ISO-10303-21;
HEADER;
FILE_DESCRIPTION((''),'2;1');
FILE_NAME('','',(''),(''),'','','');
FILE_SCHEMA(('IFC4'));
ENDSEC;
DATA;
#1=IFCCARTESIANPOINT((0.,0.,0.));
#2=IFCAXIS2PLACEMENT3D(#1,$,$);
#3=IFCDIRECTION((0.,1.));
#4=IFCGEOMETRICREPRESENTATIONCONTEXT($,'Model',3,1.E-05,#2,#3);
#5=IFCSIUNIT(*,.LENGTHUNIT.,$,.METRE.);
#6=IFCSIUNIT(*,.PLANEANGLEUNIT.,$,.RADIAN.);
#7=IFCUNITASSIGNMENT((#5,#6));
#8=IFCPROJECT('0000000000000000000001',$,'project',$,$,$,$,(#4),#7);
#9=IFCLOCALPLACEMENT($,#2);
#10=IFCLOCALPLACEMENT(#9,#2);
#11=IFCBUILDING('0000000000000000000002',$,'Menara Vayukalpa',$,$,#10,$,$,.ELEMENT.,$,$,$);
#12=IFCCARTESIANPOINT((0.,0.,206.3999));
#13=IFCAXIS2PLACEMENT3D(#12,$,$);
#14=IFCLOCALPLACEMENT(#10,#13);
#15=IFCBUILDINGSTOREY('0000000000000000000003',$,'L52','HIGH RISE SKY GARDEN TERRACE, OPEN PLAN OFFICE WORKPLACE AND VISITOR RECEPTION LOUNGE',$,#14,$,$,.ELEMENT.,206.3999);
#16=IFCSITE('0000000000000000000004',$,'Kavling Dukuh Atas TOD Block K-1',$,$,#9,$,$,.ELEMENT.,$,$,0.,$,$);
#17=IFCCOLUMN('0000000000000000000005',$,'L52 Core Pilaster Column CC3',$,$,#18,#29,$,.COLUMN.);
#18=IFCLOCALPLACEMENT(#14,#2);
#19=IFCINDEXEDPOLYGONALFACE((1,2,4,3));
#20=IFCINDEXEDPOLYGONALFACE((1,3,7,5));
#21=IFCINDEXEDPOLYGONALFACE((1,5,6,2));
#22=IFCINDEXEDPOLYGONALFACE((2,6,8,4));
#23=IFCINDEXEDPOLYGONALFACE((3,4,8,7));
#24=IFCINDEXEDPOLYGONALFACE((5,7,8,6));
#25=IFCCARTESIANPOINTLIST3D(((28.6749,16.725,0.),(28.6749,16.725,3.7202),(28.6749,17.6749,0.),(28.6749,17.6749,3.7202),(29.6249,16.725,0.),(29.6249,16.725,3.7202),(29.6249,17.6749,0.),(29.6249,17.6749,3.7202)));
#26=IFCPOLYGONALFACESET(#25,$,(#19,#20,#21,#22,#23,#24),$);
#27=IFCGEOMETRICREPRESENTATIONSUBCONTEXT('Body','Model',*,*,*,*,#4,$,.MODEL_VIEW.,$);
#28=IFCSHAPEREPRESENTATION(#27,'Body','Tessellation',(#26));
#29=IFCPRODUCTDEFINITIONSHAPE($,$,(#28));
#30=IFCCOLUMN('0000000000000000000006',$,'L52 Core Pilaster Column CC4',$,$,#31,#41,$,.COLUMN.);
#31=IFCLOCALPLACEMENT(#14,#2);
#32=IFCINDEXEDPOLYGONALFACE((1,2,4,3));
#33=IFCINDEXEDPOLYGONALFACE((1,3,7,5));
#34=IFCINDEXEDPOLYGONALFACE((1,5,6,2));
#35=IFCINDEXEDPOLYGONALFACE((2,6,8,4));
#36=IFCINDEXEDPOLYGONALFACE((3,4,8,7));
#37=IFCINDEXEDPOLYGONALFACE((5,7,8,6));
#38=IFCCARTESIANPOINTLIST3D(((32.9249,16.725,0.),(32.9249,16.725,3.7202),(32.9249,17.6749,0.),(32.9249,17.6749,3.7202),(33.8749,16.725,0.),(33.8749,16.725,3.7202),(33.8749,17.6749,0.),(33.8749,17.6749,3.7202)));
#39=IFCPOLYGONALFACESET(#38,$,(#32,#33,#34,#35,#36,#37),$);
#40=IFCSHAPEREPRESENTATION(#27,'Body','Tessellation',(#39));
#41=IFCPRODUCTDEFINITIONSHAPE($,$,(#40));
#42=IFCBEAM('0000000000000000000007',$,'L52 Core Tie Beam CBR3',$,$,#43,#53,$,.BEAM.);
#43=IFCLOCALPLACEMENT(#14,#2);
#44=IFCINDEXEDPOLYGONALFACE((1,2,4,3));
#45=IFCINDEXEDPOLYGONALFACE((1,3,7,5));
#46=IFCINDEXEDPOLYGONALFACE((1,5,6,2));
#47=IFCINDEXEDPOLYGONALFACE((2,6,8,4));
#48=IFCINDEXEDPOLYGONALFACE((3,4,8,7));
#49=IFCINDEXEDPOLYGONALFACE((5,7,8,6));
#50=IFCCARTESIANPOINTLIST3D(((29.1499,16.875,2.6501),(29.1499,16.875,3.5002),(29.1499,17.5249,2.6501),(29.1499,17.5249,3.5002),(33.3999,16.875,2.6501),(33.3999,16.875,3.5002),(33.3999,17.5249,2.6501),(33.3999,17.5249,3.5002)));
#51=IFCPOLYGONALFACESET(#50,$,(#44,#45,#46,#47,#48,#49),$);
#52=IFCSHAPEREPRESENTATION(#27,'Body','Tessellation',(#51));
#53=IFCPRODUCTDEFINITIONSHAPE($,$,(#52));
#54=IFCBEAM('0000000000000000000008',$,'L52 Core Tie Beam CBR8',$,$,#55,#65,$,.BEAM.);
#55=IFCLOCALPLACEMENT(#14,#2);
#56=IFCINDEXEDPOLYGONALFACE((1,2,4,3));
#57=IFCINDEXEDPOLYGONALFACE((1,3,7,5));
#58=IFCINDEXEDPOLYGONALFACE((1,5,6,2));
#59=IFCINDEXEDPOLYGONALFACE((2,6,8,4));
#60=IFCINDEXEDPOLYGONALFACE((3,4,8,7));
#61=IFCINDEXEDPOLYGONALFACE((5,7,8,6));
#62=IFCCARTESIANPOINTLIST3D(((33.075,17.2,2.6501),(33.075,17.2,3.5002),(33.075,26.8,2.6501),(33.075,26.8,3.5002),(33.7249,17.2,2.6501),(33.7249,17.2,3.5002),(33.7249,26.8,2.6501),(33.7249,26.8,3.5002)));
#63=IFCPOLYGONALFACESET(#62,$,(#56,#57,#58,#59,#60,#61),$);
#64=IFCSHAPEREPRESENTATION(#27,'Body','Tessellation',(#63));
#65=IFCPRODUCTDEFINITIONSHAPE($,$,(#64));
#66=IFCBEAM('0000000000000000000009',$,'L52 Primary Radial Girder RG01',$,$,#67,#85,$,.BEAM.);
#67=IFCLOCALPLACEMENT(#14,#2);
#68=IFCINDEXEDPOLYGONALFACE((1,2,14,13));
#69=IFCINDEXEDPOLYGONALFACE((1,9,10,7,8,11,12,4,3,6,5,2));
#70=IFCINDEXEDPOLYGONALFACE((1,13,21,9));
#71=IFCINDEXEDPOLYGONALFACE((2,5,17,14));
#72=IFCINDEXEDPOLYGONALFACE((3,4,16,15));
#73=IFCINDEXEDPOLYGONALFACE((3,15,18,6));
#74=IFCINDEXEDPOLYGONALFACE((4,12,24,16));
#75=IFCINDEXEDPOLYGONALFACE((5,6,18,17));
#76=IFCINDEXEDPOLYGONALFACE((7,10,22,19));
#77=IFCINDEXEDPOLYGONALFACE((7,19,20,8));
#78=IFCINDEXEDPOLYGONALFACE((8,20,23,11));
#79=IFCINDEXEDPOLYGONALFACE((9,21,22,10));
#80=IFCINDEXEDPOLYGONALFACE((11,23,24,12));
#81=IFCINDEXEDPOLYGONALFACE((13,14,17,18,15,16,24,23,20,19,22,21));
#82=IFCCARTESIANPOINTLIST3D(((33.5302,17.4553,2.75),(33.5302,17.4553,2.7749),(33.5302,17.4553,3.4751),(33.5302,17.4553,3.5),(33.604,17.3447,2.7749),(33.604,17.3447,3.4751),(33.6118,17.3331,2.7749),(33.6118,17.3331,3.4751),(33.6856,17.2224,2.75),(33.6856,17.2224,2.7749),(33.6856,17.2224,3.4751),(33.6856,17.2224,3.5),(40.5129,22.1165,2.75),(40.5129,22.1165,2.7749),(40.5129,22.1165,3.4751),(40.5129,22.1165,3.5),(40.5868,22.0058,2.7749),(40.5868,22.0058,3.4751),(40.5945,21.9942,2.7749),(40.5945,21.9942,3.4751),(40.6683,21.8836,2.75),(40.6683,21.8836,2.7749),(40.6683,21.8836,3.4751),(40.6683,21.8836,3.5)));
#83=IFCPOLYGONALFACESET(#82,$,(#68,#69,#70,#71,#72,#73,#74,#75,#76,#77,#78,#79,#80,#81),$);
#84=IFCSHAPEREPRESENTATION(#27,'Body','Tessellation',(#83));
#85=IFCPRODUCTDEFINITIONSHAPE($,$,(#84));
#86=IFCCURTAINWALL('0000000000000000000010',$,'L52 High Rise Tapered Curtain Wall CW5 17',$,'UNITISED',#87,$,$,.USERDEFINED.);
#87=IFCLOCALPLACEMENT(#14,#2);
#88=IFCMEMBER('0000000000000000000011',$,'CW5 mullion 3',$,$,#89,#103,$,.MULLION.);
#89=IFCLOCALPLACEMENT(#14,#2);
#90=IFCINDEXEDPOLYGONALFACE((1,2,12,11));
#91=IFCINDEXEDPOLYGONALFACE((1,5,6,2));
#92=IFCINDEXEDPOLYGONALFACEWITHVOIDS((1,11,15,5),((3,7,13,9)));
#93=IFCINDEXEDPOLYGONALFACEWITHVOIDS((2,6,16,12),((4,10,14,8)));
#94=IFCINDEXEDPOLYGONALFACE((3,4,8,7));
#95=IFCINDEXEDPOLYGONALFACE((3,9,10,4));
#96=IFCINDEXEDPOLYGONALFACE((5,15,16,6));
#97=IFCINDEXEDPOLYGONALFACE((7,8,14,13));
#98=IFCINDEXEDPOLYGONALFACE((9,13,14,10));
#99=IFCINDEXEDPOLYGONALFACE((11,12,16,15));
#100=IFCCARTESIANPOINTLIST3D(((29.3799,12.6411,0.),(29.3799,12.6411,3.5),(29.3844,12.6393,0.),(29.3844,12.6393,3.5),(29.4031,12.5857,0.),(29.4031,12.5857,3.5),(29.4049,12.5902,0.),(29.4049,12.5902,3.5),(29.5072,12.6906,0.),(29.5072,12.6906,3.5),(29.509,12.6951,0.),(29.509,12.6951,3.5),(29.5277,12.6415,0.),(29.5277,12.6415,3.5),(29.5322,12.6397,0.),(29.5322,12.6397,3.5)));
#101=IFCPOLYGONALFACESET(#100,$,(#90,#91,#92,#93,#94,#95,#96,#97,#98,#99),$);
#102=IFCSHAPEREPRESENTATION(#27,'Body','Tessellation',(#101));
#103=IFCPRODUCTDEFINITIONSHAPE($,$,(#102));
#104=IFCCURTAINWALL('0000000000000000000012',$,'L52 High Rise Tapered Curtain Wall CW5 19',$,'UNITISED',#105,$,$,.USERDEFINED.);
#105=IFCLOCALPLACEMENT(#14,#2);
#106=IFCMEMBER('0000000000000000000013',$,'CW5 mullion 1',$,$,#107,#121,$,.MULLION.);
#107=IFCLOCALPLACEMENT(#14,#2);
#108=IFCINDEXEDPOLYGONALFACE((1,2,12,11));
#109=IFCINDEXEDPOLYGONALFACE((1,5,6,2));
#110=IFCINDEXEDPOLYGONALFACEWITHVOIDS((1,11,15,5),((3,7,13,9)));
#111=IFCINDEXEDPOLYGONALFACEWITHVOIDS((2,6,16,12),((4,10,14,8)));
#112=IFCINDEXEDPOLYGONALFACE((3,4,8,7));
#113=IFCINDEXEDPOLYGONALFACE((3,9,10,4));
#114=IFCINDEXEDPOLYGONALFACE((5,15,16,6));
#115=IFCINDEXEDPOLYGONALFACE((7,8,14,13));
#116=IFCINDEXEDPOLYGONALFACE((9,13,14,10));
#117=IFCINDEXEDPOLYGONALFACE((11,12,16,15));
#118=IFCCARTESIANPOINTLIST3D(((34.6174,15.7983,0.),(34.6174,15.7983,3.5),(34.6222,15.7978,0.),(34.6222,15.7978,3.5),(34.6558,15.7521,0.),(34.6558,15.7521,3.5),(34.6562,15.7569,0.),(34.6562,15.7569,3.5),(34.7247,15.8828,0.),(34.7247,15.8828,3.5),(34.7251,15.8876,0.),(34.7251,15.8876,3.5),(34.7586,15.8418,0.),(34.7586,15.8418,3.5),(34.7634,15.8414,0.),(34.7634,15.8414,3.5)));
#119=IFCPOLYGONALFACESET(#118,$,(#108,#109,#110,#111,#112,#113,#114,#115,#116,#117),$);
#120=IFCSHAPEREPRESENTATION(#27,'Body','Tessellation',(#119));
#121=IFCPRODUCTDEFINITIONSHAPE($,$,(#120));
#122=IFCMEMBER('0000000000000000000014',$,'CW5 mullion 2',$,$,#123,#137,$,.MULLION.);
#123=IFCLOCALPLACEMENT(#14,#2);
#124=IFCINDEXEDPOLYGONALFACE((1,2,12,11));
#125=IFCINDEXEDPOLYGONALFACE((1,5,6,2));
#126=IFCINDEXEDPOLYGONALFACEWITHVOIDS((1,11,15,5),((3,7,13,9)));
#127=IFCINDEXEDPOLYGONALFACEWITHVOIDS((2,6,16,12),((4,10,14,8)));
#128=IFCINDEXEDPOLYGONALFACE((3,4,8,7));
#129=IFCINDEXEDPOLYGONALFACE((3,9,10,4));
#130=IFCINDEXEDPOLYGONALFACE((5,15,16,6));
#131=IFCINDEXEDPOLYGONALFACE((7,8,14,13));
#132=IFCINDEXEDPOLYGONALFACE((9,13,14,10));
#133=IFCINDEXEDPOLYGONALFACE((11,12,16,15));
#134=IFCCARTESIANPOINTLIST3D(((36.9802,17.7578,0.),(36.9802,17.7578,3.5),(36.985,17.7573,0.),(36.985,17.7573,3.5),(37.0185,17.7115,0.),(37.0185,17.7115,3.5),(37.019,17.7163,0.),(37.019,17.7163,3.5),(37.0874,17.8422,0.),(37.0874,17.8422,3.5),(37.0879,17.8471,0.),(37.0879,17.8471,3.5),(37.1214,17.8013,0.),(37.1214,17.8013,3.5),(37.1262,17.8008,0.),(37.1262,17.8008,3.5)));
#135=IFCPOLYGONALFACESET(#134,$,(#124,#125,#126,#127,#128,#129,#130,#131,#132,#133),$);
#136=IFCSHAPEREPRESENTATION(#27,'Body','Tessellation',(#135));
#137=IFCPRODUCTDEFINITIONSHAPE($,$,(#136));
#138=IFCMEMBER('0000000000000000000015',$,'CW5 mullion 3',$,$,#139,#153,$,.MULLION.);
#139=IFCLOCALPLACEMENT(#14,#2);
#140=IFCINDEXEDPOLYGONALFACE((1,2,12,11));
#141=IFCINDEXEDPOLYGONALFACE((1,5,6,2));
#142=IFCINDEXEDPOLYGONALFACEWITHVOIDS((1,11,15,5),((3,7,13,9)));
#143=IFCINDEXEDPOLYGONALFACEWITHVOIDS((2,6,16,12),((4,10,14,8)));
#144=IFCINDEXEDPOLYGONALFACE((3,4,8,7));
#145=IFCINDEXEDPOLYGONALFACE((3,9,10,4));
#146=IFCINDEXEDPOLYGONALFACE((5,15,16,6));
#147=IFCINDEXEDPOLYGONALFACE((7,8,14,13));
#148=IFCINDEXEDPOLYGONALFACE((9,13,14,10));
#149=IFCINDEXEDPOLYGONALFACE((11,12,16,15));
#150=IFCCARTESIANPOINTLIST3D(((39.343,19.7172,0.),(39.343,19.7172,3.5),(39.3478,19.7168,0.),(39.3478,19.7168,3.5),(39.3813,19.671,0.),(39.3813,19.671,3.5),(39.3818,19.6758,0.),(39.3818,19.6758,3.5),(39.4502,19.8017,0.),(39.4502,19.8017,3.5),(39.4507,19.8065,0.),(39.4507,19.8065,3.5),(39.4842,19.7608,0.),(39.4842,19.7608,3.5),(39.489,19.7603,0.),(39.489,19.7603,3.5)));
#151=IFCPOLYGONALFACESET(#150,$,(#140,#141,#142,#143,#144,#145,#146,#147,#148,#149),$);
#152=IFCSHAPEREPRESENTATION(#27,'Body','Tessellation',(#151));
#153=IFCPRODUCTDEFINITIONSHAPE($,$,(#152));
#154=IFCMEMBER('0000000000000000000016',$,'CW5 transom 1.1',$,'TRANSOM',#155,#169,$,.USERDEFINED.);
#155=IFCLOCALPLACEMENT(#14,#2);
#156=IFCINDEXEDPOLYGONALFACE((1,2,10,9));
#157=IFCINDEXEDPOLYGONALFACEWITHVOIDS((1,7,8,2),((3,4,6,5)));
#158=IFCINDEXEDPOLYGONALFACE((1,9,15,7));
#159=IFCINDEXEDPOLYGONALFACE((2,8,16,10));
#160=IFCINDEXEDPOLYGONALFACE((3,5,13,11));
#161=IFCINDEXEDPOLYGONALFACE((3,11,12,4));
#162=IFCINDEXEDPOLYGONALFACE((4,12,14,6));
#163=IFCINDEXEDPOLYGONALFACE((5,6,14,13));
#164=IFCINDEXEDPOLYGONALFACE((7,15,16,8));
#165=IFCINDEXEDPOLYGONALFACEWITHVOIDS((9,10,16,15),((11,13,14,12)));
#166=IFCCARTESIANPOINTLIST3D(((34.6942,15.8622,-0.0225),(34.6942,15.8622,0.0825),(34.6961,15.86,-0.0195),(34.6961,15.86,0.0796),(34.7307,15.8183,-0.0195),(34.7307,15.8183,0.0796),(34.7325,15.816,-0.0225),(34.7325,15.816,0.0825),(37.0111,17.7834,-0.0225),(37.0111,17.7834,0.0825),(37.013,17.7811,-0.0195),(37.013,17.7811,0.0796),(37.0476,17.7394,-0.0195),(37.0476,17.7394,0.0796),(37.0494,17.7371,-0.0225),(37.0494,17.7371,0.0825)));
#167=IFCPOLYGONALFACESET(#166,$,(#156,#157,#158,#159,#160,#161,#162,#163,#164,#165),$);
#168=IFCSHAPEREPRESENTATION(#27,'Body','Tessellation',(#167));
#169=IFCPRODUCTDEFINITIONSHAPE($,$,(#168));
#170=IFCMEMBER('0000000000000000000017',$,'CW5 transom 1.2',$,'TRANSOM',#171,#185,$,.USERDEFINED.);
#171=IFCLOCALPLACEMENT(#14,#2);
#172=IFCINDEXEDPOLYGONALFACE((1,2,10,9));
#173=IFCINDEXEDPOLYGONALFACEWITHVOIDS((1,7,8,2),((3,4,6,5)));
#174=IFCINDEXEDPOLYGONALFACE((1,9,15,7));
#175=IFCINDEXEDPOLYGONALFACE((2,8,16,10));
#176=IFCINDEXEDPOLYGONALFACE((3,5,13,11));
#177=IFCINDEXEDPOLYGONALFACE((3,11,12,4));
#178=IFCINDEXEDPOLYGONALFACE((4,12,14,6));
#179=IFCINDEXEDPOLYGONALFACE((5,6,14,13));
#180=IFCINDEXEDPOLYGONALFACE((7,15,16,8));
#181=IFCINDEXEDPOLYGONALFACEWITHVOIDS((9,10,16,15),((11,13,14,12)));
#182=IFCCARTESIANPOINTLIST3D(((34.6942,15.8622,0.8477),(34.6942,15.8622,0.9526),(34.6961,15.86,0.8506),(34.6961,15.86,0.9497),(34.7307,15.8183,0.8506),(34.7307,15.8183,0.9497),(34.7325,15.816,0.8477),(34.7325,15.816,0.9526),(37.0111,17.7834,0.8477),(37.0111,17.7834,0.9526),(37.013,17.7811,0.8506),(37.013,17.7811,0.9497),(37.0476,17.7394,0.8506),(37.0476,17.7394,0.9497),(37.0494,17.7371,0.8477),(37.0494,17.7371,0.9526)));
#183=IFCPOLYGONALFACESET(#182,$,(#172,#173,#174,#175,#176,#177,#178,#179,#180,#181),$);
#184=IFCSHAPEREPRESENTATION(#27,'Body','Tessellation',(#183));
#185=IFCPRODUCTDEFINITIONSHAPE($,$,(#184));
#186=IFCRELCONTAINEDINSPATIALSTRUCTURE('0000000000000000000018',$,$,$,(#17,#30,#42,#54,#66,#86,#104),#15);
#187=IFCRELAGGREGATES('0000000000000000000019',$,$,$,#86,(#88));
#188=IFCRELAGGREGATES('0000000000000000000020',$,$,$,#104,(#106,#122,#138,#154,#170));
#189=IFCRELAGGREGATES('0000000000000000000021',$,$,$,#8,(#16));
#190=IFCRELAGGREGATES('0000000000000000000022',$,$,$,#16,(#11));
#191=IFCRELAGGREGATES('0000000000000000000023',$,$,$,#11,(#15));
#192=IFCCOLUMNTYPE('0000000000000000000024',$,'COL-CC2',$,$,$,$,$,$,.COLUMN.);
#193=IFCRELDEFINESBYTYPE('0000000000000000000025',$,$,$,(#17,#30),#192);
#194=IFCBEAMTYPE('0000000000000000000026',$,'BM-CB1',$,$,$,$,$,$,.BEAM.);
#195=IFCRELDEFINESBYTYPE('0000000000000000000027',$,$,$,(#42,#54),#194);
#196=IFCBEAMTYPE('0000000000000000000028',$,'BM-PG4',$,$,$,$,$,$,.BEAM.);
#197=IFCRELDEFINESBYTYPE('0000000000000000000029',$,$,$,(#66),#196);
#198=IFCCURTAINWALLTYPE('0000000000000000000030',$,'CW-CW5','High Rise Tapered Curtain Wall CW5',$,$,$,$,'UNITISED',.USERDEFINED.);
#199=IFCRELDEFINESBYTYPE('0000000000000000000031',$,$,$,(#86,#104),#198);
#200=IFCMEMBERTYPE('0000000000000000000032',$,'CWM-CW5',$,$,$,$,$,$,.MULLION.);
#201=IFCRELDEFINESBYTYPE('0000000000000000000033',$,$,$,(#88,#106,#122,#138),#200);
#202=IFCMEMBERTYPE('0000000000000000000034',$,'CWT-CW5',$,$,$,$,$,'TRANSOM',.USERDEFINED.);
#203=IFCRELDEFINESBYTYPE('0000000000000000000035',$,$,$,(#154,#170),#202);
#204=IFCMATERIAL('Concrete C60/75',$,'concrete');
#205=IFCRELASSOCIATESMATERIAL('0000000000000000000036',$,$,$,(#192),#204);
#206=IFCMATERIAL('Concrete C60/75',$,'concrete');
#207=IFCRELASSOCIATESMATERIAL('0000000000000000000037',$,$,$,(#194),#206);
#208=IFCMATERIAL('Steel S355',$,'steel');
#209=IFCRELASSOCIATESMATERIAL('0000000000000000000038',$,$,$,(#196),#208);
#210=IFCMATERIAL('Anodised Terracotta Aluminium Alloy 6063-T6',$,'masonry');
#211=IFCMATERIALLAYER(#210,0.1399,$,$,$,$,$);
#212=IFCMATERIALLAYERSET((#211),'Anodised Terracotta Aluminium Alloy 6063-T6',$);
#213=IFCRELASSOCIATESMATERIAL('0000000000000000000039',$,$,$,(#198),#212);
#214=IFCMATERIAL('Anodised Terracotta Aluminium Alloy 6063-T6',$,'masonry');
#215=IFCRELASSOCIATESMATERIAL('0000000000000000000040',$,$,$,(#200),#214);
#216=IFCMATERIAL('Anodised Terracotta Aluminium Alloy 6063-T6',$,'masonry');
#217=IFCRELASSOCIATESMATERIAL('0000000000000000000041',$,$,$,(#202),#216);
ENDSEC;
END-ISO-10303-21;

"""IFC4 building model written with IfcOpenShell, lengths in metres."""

from ifc_helpers import new_model, si_unit, direction, frame, origin, origin_2d, place, context, subcontext, project, spatial, rectangle, hollow_rectangle, i_section, extrude, material, layer, layer_set, material_profile, profile_set, type_object, element, aggregate, save


model = new_model("IFC4")

# Units and contexts
model_context = context("Model", 3, precision=1e-05, world=origin(), true_north=direction((0.0, 1.0)))
body_context = subcontext(model_context, "Body", "Model", "MODEL_VIEW")
ifc_project = project(units=[si_unit("LENGTHUNIT", "METRE"), si_unit("PLANEANGLEUNIT", "RADIAN")], contexts=[model_context])

# Site, building, storey
site_placement = place(None, origin())
site = spatial("IfcSite", under=ifc_project, at=site_placement, Name="Kavling Dukuh Atas TOD Block K-1", CompositionType="ELEMENT", RefElevation=0.0)
building_placement = place(site_placement, origin())
building = spatial("IfcBuilding", under=site, at=building_placement, Name="Menara Vayukalpa", CompositionType="ELEMENT")
storey_placement = place(building_placement, frame((0.0, 0.0, 206.3999)))
storey = spatial("IfcBuildingStorey", under=building, at=storey_placement, Name="L52", Description="HIGH RISE SKY GARDEN TERRACE, OPEN PLAN OFFICE WORKPLACE AND VISITOR RECEPTION LOUNGE", CompositionType="ELEMENT", Elevation=206.3999)

# Columns
ifc_material_1 = material(Name="Concrete C60/75", Category="concrete")
ifc_material_profile_1 = material_profile(ifc_material_1, rectangle(XDim=0.95, YDim=0.95, at=origin_2d()), Name="RC 950x950")
ifc_profile_set_1 = profile_set([ifc_material_profile_1], Name="Concrete C60/75")
column_type = type_object("IfcColumnType", Name="COL-CC2", PredefinedType="COLUMN", material=ifc_profile_set_1)
for number, where, z_axis, x_axis, name in (
    (1, (29.1499, 17.2, 0.0), (0.0, 0.0, 1.0), (1.0, 0.0, 0.0), "L52 Core Pilaster Column CC3"),
    (2, (33.3999, 17.2, 0.0), (0.0, 0.0, 1.0), (1.0, 0.0, 0.0), "L52 Core Pilaster Column CC4"),
):
    element("IfcColumn", number, at=place(storey_placement, frame(where, z_axis=z_axis, x_axis=x_axis)), inside=storey, type_object=column_type, Name=name, PredefinedType="COLUMN", context=body_context, shape_type="SweptSolid", body=[
        extrude(rectangle(XDim=0.95, YDim=0.95, at=origin_2d()), origin(), (0.0, 0.0, 1.0), 3.7202),
    ])

# Beams
ifc_material_2 = material(Name="Concrete C60/75", Category="concrete")
ifc_material_profile_2 = material_profile(ifc_material_2, rectangle(XDim=0.6499, YDim=0.8501, at=origin_2d()), Name="RC 650x850")
ifc_profile_set_2 = profile_set([ifc_material_profile_2], Name="Concrete C60/75")
beam_type_1 = type_object("IfcBeamType", Name="BM-CB1", PredefinedType="BEAM", material=ifc_profile_set_2)
beam_1_placement = place(storey_placement, frame((29.1499, 17.2, 3.0752), z_axis=(1.0, 0.0, 0.0), x_axis=(0.0, 1.0, 0.0)))
element("IfcBeam", 3, at=beam_1_placement, inside=storey, type_object=beam_type_1, Name="L52 Core Tie Beam CBR3", PredefinedType="BEAM", context=body_context, shape_type="SweptSolid", body=[
    extrude(rectangle(XDim=0.6499, YDim=0.8501, at=origin_2d()), origin(), (0.0, 0.0, 1.0), 4.25),
])
beam_2_placement = place(storey_placement, frame((33.3999, 17.2, 3.0752), z_axis=(0.0, 1.0, 0.0), x_axis=(-1.0, 0.0, 0.0)))
element("IfcBeam", 4, at=beam_2_placement, inside=storey, type_object=beam_type_1, Name="L52 Core Tie Beam CBR8", PredefinedType="BEAM", context=body_context, shape_type="SweptSolid", body=[
    extrude(rectangle(XDim=0.6499, YDim=0.8501, at=origin_2d()), origin(), (0.0, 0.0, 1.0), 9.6001),
])
ifc_material_3 = material(Name="Steel S355", Category="steel")
ifc_material_profile_3 = material_profile(ifc_material_3, i_section(OverallWidth=0.28, OverallDepth=0.75, WebThickness=0.0139, FlangeThickness=0.0249, at=origin_2d()), Name="WF 750x280x14x25")
ifc_profile_set_3 = profile_set([ifc_material_profile_3], Name="Steel S355")
beam_type_2 = type_object("IfcBeamType", Name="BM-PG4", PredefinedType="BEAM", material=ifc_profile_set_3)
beam_3_placement = place(storey_placement, frame((33.6079, 17.3389, 3.125), z_axis=(0.831719, 0.555197, 0.0), x_axis=(-0.555197, 0.831719, 0.0)))
element("IfcBeam", 5, at=beam_3_placement, inside=storey, type_object=beam_type_2, Name="L52 Primary Radial Girder RG01", PredefinedType="BEAM", context=body_context, shape_type="SweptSolid", body=[
    extrude(i_section(OverallWidth=0.28, OverallDepth=0.75, WebThickness=0.0139, FlangeThickness=0.0249, at=origin_2d()), origin(), (0.0, 0.0, 1.0), 8.3955),
])

# Curtain wall, member
ifc_material_4 = material(Name="Anodised Terracotta Aluminium Alloy 6063-T6", Category="masonry")
ifc_layer_1 = layer(ifc_material_4, 0.1399)
ifc_layer_set_1 = layer_set([ifc_layer_1], Name="Anodised Terracotta Aluminium Alloy 6063-T6")
curtain_wall_type = type_object("IfcCurtainWallType", Name="CW-CW5", Description="High Rise Tapered Curtain Wall CW5", ElementType="UNITISED", PredefinedType="USERDEFINED", material=ifc_layer_set_1)
curtain_wall_1_placement = place(storey_placement, origin())
curtain_wall_1 = element("IfcCurtainWall", 6, at=curtain_wall_1_placement, inside=storey, type_object=curtain_wall_type, Name="L52 High Rise Tapered Curtain Wall CW5 17", ObjectType="UNITISED", PredefinedType="USERDEFINED")
ifc_material_5 = material(Name="Anodised Terracotta Aluminium Alloy 6063-T6", Category="masonry")
ifc_material_profile_4 = material_profile(ifc_material_5, hollow_rectangle(XDim=0.0601, YDim=0.1399, WallThickness=0.0034, at=origin_2d()), Name="ALU 60x140x3.5")
ifc_profile_set_4 = profile_set([ifc_material_profile_4], Name="Anodised Terracotta Aluminium Alloy 6063-T6")
member_type_1 = type_object("IfcMemberType", Name="CWM-CW5", PredefinedType="MULLION", material=ifc_profile_set_4)
member_1_placement = place(storey_placement, frame((29.4561, 12.6404, 0.0), z_axis=(0.0, 0.0, 1.0), x_axis=(-0.385903, 0.922539, 0.0)))
member_1 = element("IfcMember", 7, at=member_1_placement, type_object=member_type_1, Name="CW5 mullion 3", PredefinedType="MULLION", context=body_context, shape_type="SweptSolid", body=[
    extrude(hollow_rectangle(XDim=0.0601, YDim=0.1399, WallThickness=0.0034, at=origin_2d()), origin(), (0.0, 0.0, 1.0), 3.5),
])
aggregate(curtain_wall_1, [member_1])

# Curtain wall, members
curtain_wall_2_placement = place(storey_placement, origin())
curtain_wall_2 = element("IfcCurtainWall", 8, at=curtain_wall_2_placement, inside=storey, type_object=curtain_wall_type, Name="L52 High Rise Tapered Curtain Wall CW5 19", ObjectType="UNITISED", PredefinedType="USERDEFINED")
member_2_placement = place(storey_placement, frame((34.6904, 15.8198, 0.0), z_axis=(0.0, 0.0, 1.0), x_axis=(-0.638337, 0.769757, 0.0)))
member_2 = element("IfcMember", 9, at=member_2_placement, type_object=member_type_1, Name="CW5 mullion 1", PredefinedType="MULLION", context=body_context, shape_type="SweptSolid", body=[
    extrude(hollow_rectangle(XDim=0.0601, YDim=0.1399, WallThickness=0.0034, at=origin_2d()), origin(), (0.0, 0.0, 1.0), 3.5),
])
member_3_placement = place(storey_placement, frame((37.0532, 17.7793, 0.0), z_axis=(0.0, 0.0, 1.0), x_axis=(-0.638337, 0.769757, 0.0)))
member_3 = element("IfcMember", 10, at=member_3_placement, type_object=member_type_1, Name="CW5 mullion 2", PredefinedType="MULLION", context=body_context, shape_type="SweptSolid", body=[
    extrude(hollow_rectangle(XDim=0.0601, YDim=0.1399, WallThickness=0.0034, at=origin_2d()), origin(), (0.0, 0.0, 1.0), 3.5),
])
member_4_placement = place(storey_placement, frame((39.416, 19.7388, 0.0), z_axis=(0.0, 0.0, 1.0), x_axis=(-0.638337, 0.769757, 0.0)))
member_4 = element("IfcMember", 11, at=member_4_placement, type_object=member_type_1, Name="CW5 mullion 3", PredefinedType="MULLION", context=body_context, shape_type="SweptSolid", body=[
    extrude(hollow_rectangle(XDim=0.0601, YDim=0.1399, WallThickness=0.0034, at=origin_2d()), origin(), (0.0, 0.0, 1.0), 3.5),
])
ifc_material_6 = material(Name="Anodised Terracotta Aluminium Alloy 6063-T6", Category="masonry")
ifc_material_profile_5 = material_profile(ifc_material_6, hollow_rectangle(XDim=0.0601, YDim=0.105, WallThickness=0.0029, at=origin_2d()), Name="ALU 60x105x3")
ifc_profile_set_5 = profile_set([ifc_material_profile_5], Name="Anodised Terracotta Aluminium Alloy 6063-T6")
member_type_2 = type_object("IfcMemberType", Name="CWT-CW5", ElementType="TRANSOM", PredefinedType="USERDEFINED", material=ifc_profile_set_5)
member_5_placement = place(storey_placement, frame((34.7134, 15.8391, 0.03), z_axis=(0.769788, 0.6383, 0.0), x_axis=(-0.6383, 0.769788, 0.0)))
member_5 = element("IfcMember", 12, at=member_5_placement, type_object=member_type_2, Name="CW5 transom 1.1", ObjectType="TRANSOM", PredefinedType="USERDEFINED", context=body_context, shape_type="SweptSolid", body=[
    extrude(hollow_rectangle(XDim=0.0601, YDim=0.105, WallThickness=0.0029, at=origin_2d()), origin(), (0.0, 0.0, 1.0), 3.0098),
])
member_6_placement = place(storey_placement, frame((34.7134, 15.8391, 0.9001), z_axis=(0.769788, 0.6383, 0.0), x_axis=(-0.6383, 0.769788, 0.0)))
member_6 = element("IfcMember", 13, at=member_6_placement, type_object=member_type_2, Name="CW5 transom 1.2", ObjectType="TRANSOM", PredefinedType="USERDEFINED", context=body_context, shape_type="SweptSolid", body=[
    extrude(hollow_rectangle(XDim=0.0601, YDim=0.105, WallThickness=0.0029, at=origin_2d()), origin(), (0.0, 0.0, 1.0), 3.0098),
])
aggregate(curtain_wall_2, [member_2, member_3, member_4, member_5, member_6])

save(model, "model.ifc")
